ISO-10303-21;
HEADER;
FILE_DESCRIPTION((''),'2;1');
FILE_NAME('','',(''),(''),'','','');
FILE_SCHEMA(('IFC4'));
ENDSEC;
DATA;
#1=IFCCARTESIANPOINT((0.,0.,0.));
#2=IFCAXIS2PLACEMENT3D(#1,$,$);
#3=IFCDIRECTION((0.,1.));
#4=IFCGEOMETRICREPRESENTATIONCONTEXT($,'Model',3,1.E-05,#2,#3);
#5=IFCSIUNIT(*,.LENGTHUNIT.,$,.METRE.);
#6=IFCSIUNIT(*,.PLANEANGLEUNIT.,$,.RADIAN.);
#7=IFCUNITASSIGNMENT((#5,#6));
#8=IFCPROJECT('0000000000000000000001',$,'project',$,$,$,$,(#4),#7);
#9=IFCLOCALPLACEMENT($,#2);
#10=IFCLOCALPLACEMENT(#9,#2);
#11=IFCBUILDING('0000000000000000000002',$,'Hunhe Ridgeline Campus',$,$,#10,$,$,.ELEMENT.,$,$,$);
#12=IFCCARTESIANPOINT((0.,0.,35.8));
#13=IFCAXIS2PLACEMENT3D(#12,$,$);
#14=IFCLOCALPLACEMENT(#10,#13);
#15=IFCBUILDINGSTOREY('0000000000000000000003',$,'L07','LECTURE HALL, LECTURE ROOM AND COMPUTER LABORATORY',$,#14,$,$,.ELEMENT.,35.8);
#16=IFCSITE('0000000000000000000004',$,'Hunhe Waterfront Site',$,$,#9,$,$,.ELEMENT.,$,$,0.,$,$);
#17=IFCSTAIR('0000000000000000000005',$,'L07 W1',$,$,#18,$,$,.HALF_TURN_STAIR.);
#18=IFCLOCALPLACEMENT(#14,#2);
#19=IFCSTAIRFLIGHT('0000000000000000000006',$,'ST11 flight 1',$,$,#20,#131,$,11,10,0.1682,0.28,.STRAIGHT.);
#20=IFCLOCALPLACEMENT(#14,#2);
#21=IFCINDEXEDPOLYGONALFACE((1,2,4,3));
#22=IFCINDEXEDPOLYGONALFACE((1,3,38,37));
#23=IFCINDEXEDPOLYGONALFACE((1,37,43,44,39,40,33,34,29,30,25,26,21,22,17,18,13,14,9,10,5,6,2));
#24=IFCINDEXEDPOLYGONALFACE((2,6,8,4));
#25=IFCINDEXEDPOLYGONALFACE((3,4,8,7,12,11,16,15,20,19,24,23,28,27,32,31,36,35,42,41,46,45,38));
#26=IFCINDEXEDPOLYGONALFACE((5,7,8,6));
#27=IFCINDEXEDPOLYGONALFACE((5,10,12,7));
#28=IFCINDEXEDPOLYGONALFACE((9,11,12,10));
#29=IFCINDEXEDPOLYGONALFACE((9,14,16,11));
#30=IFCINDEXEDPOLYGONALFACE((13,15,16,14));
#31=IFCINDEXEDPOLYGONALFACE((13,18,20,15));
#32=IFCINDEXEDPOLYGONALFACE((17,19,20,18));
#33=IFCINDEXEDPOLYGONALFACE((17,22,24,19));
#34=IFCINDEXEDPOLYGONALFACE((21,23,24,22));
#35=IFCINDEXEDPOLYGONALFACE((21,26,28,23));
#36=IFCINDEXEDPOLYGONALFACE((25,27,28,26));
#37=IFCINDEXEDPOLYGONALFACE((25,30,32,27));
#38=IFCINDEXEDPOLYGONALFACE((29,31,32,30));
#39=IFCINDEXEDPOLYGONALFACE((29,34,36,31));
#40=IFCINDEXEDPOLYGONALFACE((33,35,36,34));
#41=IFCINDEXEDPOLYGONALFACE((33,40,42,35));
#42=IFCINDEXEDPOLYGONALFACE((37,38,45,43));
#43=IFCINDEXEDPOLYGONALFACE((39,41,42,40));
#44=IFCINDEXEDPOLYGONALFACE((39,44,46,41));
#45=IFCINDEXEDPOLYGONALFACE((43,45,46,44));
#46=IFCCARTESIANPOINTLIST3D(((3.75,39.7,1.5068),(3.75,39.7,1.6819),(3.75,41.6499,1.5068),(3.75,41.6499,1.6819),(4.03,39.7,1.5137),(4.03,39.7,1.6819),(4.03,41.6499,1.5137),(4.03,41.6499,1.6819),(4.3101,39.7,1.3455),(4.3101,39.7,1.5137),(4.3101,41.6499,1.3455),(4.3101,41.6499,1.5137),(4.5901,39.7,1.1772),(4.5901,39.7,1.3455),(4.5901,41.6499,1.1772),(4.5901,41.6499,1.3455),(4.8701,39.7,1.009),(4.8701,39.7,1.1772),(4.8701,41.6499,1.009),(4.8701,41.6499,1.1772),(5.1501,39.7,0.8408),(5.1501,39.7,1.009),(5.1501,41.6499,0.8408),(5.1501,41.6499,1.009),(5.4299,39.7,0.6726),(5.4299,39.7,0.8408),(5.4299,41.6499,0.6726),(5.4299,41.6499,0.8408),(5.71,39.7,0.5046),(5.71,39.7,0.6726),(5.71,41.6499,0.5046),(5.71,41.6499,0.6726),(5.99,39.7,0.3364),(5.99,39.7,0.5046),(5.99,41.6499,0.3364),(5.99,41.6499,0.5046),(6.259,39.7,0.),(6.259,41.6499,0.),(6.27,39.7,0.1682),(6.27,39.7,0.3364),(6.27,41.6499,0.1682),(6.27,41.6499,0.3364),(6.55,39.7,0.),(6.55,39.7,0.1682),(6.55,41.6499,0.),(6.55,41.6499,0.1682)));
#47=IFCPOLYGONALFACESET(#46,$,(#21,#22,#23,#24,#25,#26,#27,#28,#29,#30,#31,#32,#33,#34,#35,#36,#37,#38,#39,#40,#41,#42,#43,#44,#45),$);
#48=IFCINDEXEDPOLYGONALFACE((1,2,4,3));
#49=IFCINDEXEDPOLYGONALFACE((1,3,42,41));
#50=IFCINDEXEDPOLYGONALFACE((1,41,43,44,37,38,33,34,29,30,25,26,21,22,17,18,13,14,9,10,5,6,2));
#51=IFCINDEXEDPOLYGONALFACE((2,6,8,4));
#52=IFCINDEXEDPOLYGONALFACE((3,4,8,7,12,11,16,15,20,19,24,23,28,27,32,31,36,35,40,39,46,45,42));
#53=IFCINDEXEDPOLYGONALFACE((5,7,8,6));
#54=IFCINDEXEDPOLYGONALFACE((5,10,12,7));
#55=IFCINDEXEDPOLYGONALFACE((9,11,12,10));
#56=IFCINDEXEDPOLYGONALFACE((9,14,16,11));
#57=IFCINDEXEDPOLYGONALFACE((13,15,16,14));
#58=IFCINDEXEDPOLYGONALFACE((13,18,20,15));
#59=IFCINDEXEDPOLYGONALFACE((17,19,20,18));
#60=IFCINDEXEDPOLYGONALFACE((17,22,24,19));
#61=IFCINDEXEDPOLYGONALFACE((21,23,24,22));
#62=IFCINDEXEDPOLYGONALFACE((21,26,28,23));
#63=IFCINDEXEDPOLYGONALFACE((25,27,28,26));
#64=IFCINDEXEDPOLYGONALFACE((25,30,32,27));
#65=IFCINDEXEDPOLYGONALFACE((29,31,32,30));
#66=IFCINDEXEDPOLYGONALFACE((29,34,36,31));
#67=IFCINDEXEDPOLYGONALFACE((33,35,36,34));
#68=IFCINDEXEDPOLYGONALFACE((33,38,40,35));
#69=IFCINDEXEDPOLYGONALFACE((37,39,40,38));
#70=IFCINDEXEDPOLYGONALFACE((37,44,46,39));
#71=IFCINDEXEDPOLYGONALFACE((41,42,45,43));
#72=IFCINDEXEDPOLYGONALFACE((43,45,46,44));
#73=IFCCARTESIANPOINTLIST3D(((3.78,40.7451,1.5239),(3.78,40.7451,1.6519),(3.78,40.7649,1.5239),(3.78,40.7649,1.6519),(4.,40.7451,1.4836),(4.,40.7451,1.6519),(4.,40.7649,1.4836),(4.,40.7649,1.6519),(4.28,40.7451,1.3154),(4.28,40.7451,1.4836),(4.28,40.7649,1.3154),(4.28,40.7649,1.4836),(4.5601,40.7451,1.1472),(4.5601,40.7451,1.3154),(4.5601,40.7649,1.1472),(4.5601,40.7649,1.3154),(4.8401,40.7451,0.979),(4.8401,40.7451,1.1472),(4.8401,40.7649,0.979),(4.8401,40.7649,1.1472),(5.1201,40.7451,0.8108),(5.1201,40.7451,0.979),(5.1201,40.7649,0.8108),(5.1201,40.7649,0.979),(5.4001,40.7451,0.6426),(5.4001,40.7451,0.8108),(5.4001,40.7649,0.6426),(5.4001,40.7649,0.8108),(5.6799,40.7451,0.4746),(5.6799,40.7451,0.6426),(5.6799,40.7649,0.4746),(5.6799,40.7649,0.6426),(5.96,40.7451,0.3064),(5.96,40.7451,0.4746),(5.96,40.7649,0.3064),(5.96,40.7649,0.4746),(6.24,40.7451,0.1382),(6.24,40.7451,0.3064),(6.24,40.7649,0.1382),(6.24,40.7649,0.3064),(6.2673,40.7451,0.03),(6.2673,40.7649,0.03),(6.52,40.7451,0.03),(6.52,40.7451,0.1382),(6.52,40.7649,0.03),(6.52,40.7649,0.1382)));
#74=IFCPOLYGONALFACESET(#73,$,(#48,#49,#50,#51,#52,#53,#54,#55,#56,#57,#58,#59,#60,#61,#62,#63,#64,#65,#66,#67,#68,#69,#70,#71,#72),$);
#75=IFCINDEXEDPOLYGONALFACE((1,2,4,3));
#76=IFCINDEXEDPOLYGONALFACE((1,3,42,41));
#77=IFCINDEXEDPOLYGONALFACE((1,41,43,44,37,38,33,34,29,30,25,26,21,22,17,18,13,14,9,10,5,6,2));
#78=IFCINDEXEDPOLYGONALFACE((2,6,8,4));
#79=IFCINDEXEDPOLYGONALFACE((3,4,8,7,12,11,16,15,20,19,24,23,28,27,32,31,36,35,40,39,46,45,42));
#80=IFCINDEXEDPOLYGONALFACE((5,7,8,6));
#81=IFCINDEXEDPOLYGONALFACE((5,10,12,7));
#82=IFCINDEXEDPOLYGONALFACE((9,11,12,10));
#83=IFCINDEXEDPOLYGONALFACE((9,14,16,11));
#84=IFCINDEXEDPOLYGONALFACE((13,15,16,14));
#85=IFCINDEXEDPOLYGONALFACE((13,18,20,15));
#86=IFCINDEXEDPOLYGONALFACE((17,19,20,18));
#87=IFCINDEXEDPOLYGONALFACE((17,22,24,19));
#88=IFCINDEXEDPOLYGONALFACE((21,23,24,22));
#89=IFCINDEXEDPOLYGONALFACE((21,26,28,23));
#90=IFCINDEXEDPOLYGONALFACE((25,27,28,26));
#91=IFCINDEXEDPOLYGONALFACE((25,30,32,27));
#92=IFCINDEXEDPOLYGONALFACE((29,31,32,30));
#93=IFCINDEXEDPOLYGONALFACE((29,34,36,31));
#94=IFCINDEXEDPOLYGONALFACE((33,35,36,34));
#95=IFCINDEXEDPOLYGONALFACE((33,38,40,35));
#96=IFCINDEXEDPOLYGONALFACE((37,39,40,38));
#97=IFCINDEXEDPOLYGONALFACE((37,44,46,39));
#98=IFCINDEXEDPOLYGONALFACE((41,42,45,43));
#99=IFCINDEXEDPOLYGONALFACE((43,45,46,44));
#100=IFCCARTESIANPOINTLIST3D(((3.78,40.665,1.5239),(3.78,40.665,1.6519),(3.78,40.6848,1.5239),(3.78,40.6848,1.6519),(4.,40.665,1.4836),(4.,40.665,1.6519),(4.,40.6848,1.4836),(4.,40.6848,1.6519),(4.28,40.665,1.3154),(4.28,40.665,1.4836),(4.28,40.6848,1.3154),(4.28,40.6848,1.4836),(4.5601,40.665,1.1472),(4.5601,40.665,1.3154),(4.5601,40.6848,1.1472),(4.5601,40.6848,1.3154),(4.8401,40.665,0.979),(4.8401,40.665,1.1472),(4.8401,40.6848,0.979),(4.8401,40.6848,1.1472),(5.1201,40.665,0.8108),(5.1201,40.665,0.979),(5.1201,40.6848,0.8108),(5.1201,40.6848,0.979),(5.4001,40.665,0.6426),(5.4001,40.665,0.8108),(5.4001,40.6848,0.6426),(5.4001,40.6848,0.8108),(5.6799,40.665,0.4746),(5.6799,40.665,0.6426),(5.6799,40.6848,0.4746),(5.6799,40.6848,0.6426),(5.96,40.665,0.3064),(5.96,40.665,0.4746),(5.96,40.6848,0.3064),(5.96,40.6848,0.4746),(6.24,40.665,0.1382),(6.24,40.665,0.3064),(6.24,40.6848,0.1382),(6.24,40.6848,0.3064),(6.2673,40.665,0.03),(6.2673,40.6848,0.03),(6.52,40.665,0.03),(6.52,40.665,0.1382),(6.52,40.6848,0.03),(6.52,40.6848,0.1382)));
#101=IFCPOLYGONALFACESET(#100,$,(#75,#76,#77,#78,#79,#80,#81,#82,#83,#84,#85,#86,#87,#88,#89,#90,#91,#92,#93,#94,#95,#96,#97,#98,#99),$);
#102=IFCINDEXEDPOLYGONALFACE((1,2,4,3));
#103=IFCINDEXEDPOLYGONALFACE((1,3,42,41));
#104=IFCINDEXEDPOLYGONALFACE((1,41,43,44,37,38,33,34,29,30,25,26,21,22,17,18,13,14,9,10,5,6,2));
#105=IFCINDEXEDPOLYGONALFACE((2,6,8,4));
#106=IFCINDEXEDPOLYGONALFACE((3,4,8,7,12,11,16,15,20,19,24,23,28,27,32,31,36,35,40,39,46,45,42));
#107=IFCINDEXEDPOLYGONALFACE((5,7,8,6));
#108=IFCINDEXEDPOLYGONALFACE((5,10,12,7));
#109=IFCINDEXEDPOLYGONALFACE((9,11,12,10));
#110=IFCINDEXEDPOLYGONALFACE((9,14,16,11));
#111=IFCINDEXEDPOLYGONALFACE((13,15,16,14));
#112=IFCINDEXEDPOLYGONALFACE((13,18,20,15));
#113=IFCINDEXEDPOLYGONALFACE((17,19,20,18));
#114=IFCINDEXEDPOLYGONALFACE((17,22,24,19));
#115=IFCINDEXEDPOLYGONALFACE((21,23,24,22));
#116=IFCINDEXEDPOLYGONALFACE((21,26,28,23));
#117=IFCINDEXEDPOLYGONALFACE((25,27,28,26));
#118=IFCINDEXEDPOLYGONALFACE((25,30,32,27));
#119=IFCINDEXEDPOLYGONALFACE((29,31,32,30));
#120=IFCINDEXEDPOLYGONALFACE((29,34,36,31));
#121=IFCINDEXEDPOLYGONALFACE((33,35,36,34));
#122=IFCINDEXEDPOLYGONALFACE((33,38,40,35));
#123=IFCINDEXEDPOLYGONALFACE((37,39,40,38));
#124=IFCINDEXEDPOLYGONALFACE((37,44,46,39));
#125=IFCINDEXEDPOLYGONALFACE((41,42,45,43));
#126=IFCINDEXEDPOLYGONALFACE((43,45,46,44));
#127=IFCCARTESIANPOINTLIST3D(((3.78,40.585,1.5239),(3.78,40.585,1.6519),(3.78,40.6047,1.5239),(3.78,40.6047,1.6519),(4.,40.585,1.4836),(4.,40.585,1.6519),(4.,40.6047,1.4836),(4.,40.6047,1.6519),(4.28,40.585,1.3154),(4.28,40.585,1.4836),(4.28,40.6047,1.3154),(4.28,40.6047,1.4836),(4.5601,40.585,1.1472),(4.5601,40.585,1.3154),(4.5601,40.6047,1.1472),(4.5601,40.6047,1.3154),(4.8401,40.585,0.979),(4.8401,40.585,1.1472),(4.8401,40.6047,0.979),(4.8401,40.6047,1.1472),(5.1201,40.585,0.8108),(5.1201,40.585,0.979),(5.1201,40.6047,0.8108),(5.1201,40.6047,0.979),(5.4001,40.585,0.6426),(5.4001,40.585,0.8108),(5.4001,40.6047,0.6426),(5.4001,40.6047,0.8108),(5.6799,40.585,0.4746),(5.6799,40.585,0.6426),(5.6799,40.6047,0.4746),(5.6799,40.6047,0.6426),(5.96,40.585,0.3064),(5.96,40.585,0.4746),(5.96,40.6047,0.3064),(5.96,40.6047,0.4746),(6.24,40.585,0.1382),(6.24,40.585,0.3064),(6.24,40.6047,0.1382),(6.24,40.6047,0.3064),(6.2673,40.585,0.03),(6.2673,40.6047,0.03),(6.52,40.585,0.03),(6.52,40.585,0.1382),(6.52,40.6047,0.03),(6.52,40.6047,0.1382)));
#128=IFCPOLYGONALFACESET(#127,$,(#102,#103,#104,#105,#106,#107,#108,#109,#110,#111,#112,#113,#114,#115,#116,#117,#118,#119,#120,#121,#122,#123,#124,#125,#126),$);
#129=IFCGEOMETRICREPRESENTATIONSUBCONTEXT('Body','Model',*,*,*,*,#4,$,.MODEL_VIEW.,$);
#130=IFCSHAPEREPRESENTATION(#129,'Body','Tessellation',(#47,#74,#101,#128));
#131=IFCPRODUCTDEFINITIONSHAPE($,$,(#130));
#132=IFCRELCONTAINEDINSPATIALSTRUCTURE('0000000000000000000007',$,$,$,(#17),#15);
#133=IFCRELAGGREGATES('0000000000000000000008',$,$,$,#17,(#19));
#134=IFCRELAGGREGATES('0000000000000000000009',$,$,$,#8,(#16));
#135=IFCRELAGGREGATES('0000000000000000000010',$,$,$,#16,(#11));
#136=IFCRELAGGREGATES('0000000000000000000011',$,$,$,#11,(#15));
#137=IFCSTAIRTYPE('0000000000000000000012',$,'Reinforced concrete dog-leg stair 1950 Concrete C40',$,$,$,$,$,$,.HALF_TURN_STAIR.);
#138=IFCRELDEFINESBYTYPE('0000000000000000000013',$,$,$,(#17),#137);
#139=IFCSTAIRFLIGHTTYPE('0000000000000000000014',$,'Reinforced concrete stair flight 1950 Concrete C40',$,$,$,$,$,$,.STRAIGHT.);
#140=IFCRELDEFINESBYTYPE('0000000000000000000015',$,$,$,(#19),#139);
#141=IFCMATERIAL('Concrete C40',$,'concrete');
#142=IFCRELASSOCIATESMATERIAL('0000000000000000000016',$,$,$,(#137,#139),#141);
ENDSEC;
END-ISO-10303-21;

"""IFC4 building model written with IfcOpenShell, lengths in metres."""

from ifc_helpers import new_model, si_unit, direction, frame, origin, place, context, subcontext, project, spatial, polyline, outline, extrude, material, type_object, element, aggregate, save


model = new_model("IFC4")

# Units and contexts
model_context = context("Model", 3, precision=1e-05, world=origin(), true_north=direction((0.0, 1.0)))
body_context = subcontext(model_context, "Body", "Model", "MODEL_VIEW")
ifc_project = project(units=[si_unit("LENGTHUNIT", "METRE"), si_unit("PLANEANGLEUNIT", "RADIAN")], contexts=[model_context])

# Site, building, storey
site_placement = place(None, origin())
site = spatial("IfcSite", under=ifc_project, at=site_placement, Name="Hunhe Waterfront Site", CompositionType="ELEMENT", RefElevation=0.0)
building_placement = place(site_placement, origin())
building = spatial("IfcBuilding", under=site, at=building_placement, Name="Hunhe Ridgeline Campus", CompositionType="ELEMENT")
storey_placement = place(building_placement, frame((0.0, 0.0, 35.8)))
storey = spatial("IfcBuildingStorey", under=building, at=storey_placement, Name="L07", Description="LECTURE HALL, LECTURE ROOM AND COMPUTER LABORATORY", CompositionType="ELEMENT", Elevation=35.8)

# Stair, stair flight
ifc_material_1 = material(Name="Concrete C40", Category="concrete")
stair_type = type_object("IfcStairType", Name="Reinforced concrete dog-leg stair 1950 Concrete C40", PredefinedType="HALF_TURN_STAIR", material=ifc_material_1)
stair_1_placement = place(storey_placement, origin())
stair_1 = element("IfcStair", 1, at=stair_1_placement, inside=storey, type_object=stair_type, Name="L07 W1", PredefinedType="HALF_TURN_STAIR")
stair_flight_type = type_object("IfcStairFlightType", Name="Reinforced concrete stair flight 1950 Concrete C40", PredefinedType="STRAIGHT", material=ifc_material_1)
stair_flight_1_placement = place(storey_placement, frame((6.55, 40.675, 0.0), z_axis=(0.0, 0.0, 1.0), x_axis=(-1.0, 0.0, 0.0)))
stair_flight_1 = element("IfcStairFlight", 2, at=stair_flight_1_placement, type_object=stair_flight_type, Name="ST11 flight 1", NumberOfRisers=11, NumberOfTreads=10, PredefinedType="STRAIGHT", RiserHeight=0.1682, TreadLength=0.28, context=body_context, shape_type="SweptSolid", body=[
    extrude(outline(polyline([(0.0, 0.0), (0.0, 0.1682), (0.28, 0.1682), (0.28, 0.3364), (0.5601, 0.3364), (0.5601, 0.5046), (0.8401, 0.5046), (0.8401, 0.6726), (1.1201, 0.6726), (1.1201, 0.8408), (1.3999, 0.8408), (1.3999, 1.009), (1.6799, 1.009), (1.6799, 1.1772), (1.96, 1.1772), (1.96, 1.3455), (2.24, 1.3455), (2.24, 1.5137), (2.52, 1.5137), (2.52, 1.6819), (2.8, 1.6819), (2.8, 1.8501), (2.8, 1.5068), (0.291, 0.0), (0.0, 0.0)])), frame((0.0, 0.9751, 0.0), z_axis=(0.0, -1.0, 0.0), x_axis=(1.0, 0.0, 0.0)), (0.0, 0.0, 1.0), 1.95),
    extrude(outline(polyline([(0.03, 0.03), (0.03, 0.1382), (0.3101, 0.1382), (0.3101, 0.3064), (0.5901, 0.3064), (0.5901, 0.4746), (0.8701, 0.4746), (0.8701, 0.6426), (1.1499, 0.6426), (1.1499, 0.8108), (1.4299, 0.8108), (1.4299, 0.979), (1.71, 0.979), (1.71, 1.1472), (1.99, 1.1472), (1.99, 1.3154), (2.27, 1.3154), (2.27, 1.4836), (2.55, 1.4836), (2.55, 1.6519), (2.77, 1.6519), (2.77, 1.5239), (0.2827, 0.03), (0.03, 0.03)])), frame((0.0, -0.0701, 0.0), z_axis=(0.0, -1.0, 0.0), x_axis=(1.0, 0.0, 0.0)), (0.0, 0.0, 1.0), 0.0198),
    extrude(outline(polyline([(0.03, 0.03), (0.03, 0.1382), (0.3101, 0.1382), (0.3101, 0.3064), (0.5901, 0.3064), (0.5901, 0.4746), (0.8701, 0.4746), (0.8701, 0.6426), (1.1499, 0.6426), (1.1499, 0.8108), (1.4299, 0.8108), (1.4299, 0.979), (1.71, 0.979), (1.71, 1.1472), (1.99, 1.1472), (1.99, 1.3154), (2.27, 1.3154), (2.27, 1.4836), (2.55, 1.4836), (2.55, 1.6519), (2.77, 1.6519), (2.77, 1.5239), (0.2827, 0.03), (0.03, 0.03)])), frame((0.0, 0.01, 0.0), z_axis=(0.0, -1.0, 0.0), x_axis=(1.0, 0.0, 0.0)), (0.0, 0.0, 1.0), 0.0198),
    extrude(outline(polyline([(0.03, 0.03), (0.03, 0.1382), (0.3101, 0.1382), (0.3101, 0.3064), (0.5901, 0.3064), (0.5901, 0.4746), (0.8701, 0.4746), (0.8701, 0.6426), (1.1499, 0.6426), (1.1499, 0.8108), (1.4299, 0.8108), (1.4299, 0.979), (1.71, 0.979), (1.71, 1.1472), (1.99, 1.1472), (1.99, 1.3154), (2.27, 1.3154), (2.27, 1.4836), (2.55, 1.4836), (2.55, 1.6519), (2.77, 1.6519), (2.77, 1.5239), (0.2827, 0.03), (0.03, 0.03)])), frame((0.0, 0.0901, 0.0), z_axis=(0.0, -1.0, 0.0), x_axis=(1.0, 0.0, 0.0)), (0.0, 0.0, 1.0), 0.0198),
])
aggregate(stair_1, [stair_flight_1])

save(model, "model.ifc")
